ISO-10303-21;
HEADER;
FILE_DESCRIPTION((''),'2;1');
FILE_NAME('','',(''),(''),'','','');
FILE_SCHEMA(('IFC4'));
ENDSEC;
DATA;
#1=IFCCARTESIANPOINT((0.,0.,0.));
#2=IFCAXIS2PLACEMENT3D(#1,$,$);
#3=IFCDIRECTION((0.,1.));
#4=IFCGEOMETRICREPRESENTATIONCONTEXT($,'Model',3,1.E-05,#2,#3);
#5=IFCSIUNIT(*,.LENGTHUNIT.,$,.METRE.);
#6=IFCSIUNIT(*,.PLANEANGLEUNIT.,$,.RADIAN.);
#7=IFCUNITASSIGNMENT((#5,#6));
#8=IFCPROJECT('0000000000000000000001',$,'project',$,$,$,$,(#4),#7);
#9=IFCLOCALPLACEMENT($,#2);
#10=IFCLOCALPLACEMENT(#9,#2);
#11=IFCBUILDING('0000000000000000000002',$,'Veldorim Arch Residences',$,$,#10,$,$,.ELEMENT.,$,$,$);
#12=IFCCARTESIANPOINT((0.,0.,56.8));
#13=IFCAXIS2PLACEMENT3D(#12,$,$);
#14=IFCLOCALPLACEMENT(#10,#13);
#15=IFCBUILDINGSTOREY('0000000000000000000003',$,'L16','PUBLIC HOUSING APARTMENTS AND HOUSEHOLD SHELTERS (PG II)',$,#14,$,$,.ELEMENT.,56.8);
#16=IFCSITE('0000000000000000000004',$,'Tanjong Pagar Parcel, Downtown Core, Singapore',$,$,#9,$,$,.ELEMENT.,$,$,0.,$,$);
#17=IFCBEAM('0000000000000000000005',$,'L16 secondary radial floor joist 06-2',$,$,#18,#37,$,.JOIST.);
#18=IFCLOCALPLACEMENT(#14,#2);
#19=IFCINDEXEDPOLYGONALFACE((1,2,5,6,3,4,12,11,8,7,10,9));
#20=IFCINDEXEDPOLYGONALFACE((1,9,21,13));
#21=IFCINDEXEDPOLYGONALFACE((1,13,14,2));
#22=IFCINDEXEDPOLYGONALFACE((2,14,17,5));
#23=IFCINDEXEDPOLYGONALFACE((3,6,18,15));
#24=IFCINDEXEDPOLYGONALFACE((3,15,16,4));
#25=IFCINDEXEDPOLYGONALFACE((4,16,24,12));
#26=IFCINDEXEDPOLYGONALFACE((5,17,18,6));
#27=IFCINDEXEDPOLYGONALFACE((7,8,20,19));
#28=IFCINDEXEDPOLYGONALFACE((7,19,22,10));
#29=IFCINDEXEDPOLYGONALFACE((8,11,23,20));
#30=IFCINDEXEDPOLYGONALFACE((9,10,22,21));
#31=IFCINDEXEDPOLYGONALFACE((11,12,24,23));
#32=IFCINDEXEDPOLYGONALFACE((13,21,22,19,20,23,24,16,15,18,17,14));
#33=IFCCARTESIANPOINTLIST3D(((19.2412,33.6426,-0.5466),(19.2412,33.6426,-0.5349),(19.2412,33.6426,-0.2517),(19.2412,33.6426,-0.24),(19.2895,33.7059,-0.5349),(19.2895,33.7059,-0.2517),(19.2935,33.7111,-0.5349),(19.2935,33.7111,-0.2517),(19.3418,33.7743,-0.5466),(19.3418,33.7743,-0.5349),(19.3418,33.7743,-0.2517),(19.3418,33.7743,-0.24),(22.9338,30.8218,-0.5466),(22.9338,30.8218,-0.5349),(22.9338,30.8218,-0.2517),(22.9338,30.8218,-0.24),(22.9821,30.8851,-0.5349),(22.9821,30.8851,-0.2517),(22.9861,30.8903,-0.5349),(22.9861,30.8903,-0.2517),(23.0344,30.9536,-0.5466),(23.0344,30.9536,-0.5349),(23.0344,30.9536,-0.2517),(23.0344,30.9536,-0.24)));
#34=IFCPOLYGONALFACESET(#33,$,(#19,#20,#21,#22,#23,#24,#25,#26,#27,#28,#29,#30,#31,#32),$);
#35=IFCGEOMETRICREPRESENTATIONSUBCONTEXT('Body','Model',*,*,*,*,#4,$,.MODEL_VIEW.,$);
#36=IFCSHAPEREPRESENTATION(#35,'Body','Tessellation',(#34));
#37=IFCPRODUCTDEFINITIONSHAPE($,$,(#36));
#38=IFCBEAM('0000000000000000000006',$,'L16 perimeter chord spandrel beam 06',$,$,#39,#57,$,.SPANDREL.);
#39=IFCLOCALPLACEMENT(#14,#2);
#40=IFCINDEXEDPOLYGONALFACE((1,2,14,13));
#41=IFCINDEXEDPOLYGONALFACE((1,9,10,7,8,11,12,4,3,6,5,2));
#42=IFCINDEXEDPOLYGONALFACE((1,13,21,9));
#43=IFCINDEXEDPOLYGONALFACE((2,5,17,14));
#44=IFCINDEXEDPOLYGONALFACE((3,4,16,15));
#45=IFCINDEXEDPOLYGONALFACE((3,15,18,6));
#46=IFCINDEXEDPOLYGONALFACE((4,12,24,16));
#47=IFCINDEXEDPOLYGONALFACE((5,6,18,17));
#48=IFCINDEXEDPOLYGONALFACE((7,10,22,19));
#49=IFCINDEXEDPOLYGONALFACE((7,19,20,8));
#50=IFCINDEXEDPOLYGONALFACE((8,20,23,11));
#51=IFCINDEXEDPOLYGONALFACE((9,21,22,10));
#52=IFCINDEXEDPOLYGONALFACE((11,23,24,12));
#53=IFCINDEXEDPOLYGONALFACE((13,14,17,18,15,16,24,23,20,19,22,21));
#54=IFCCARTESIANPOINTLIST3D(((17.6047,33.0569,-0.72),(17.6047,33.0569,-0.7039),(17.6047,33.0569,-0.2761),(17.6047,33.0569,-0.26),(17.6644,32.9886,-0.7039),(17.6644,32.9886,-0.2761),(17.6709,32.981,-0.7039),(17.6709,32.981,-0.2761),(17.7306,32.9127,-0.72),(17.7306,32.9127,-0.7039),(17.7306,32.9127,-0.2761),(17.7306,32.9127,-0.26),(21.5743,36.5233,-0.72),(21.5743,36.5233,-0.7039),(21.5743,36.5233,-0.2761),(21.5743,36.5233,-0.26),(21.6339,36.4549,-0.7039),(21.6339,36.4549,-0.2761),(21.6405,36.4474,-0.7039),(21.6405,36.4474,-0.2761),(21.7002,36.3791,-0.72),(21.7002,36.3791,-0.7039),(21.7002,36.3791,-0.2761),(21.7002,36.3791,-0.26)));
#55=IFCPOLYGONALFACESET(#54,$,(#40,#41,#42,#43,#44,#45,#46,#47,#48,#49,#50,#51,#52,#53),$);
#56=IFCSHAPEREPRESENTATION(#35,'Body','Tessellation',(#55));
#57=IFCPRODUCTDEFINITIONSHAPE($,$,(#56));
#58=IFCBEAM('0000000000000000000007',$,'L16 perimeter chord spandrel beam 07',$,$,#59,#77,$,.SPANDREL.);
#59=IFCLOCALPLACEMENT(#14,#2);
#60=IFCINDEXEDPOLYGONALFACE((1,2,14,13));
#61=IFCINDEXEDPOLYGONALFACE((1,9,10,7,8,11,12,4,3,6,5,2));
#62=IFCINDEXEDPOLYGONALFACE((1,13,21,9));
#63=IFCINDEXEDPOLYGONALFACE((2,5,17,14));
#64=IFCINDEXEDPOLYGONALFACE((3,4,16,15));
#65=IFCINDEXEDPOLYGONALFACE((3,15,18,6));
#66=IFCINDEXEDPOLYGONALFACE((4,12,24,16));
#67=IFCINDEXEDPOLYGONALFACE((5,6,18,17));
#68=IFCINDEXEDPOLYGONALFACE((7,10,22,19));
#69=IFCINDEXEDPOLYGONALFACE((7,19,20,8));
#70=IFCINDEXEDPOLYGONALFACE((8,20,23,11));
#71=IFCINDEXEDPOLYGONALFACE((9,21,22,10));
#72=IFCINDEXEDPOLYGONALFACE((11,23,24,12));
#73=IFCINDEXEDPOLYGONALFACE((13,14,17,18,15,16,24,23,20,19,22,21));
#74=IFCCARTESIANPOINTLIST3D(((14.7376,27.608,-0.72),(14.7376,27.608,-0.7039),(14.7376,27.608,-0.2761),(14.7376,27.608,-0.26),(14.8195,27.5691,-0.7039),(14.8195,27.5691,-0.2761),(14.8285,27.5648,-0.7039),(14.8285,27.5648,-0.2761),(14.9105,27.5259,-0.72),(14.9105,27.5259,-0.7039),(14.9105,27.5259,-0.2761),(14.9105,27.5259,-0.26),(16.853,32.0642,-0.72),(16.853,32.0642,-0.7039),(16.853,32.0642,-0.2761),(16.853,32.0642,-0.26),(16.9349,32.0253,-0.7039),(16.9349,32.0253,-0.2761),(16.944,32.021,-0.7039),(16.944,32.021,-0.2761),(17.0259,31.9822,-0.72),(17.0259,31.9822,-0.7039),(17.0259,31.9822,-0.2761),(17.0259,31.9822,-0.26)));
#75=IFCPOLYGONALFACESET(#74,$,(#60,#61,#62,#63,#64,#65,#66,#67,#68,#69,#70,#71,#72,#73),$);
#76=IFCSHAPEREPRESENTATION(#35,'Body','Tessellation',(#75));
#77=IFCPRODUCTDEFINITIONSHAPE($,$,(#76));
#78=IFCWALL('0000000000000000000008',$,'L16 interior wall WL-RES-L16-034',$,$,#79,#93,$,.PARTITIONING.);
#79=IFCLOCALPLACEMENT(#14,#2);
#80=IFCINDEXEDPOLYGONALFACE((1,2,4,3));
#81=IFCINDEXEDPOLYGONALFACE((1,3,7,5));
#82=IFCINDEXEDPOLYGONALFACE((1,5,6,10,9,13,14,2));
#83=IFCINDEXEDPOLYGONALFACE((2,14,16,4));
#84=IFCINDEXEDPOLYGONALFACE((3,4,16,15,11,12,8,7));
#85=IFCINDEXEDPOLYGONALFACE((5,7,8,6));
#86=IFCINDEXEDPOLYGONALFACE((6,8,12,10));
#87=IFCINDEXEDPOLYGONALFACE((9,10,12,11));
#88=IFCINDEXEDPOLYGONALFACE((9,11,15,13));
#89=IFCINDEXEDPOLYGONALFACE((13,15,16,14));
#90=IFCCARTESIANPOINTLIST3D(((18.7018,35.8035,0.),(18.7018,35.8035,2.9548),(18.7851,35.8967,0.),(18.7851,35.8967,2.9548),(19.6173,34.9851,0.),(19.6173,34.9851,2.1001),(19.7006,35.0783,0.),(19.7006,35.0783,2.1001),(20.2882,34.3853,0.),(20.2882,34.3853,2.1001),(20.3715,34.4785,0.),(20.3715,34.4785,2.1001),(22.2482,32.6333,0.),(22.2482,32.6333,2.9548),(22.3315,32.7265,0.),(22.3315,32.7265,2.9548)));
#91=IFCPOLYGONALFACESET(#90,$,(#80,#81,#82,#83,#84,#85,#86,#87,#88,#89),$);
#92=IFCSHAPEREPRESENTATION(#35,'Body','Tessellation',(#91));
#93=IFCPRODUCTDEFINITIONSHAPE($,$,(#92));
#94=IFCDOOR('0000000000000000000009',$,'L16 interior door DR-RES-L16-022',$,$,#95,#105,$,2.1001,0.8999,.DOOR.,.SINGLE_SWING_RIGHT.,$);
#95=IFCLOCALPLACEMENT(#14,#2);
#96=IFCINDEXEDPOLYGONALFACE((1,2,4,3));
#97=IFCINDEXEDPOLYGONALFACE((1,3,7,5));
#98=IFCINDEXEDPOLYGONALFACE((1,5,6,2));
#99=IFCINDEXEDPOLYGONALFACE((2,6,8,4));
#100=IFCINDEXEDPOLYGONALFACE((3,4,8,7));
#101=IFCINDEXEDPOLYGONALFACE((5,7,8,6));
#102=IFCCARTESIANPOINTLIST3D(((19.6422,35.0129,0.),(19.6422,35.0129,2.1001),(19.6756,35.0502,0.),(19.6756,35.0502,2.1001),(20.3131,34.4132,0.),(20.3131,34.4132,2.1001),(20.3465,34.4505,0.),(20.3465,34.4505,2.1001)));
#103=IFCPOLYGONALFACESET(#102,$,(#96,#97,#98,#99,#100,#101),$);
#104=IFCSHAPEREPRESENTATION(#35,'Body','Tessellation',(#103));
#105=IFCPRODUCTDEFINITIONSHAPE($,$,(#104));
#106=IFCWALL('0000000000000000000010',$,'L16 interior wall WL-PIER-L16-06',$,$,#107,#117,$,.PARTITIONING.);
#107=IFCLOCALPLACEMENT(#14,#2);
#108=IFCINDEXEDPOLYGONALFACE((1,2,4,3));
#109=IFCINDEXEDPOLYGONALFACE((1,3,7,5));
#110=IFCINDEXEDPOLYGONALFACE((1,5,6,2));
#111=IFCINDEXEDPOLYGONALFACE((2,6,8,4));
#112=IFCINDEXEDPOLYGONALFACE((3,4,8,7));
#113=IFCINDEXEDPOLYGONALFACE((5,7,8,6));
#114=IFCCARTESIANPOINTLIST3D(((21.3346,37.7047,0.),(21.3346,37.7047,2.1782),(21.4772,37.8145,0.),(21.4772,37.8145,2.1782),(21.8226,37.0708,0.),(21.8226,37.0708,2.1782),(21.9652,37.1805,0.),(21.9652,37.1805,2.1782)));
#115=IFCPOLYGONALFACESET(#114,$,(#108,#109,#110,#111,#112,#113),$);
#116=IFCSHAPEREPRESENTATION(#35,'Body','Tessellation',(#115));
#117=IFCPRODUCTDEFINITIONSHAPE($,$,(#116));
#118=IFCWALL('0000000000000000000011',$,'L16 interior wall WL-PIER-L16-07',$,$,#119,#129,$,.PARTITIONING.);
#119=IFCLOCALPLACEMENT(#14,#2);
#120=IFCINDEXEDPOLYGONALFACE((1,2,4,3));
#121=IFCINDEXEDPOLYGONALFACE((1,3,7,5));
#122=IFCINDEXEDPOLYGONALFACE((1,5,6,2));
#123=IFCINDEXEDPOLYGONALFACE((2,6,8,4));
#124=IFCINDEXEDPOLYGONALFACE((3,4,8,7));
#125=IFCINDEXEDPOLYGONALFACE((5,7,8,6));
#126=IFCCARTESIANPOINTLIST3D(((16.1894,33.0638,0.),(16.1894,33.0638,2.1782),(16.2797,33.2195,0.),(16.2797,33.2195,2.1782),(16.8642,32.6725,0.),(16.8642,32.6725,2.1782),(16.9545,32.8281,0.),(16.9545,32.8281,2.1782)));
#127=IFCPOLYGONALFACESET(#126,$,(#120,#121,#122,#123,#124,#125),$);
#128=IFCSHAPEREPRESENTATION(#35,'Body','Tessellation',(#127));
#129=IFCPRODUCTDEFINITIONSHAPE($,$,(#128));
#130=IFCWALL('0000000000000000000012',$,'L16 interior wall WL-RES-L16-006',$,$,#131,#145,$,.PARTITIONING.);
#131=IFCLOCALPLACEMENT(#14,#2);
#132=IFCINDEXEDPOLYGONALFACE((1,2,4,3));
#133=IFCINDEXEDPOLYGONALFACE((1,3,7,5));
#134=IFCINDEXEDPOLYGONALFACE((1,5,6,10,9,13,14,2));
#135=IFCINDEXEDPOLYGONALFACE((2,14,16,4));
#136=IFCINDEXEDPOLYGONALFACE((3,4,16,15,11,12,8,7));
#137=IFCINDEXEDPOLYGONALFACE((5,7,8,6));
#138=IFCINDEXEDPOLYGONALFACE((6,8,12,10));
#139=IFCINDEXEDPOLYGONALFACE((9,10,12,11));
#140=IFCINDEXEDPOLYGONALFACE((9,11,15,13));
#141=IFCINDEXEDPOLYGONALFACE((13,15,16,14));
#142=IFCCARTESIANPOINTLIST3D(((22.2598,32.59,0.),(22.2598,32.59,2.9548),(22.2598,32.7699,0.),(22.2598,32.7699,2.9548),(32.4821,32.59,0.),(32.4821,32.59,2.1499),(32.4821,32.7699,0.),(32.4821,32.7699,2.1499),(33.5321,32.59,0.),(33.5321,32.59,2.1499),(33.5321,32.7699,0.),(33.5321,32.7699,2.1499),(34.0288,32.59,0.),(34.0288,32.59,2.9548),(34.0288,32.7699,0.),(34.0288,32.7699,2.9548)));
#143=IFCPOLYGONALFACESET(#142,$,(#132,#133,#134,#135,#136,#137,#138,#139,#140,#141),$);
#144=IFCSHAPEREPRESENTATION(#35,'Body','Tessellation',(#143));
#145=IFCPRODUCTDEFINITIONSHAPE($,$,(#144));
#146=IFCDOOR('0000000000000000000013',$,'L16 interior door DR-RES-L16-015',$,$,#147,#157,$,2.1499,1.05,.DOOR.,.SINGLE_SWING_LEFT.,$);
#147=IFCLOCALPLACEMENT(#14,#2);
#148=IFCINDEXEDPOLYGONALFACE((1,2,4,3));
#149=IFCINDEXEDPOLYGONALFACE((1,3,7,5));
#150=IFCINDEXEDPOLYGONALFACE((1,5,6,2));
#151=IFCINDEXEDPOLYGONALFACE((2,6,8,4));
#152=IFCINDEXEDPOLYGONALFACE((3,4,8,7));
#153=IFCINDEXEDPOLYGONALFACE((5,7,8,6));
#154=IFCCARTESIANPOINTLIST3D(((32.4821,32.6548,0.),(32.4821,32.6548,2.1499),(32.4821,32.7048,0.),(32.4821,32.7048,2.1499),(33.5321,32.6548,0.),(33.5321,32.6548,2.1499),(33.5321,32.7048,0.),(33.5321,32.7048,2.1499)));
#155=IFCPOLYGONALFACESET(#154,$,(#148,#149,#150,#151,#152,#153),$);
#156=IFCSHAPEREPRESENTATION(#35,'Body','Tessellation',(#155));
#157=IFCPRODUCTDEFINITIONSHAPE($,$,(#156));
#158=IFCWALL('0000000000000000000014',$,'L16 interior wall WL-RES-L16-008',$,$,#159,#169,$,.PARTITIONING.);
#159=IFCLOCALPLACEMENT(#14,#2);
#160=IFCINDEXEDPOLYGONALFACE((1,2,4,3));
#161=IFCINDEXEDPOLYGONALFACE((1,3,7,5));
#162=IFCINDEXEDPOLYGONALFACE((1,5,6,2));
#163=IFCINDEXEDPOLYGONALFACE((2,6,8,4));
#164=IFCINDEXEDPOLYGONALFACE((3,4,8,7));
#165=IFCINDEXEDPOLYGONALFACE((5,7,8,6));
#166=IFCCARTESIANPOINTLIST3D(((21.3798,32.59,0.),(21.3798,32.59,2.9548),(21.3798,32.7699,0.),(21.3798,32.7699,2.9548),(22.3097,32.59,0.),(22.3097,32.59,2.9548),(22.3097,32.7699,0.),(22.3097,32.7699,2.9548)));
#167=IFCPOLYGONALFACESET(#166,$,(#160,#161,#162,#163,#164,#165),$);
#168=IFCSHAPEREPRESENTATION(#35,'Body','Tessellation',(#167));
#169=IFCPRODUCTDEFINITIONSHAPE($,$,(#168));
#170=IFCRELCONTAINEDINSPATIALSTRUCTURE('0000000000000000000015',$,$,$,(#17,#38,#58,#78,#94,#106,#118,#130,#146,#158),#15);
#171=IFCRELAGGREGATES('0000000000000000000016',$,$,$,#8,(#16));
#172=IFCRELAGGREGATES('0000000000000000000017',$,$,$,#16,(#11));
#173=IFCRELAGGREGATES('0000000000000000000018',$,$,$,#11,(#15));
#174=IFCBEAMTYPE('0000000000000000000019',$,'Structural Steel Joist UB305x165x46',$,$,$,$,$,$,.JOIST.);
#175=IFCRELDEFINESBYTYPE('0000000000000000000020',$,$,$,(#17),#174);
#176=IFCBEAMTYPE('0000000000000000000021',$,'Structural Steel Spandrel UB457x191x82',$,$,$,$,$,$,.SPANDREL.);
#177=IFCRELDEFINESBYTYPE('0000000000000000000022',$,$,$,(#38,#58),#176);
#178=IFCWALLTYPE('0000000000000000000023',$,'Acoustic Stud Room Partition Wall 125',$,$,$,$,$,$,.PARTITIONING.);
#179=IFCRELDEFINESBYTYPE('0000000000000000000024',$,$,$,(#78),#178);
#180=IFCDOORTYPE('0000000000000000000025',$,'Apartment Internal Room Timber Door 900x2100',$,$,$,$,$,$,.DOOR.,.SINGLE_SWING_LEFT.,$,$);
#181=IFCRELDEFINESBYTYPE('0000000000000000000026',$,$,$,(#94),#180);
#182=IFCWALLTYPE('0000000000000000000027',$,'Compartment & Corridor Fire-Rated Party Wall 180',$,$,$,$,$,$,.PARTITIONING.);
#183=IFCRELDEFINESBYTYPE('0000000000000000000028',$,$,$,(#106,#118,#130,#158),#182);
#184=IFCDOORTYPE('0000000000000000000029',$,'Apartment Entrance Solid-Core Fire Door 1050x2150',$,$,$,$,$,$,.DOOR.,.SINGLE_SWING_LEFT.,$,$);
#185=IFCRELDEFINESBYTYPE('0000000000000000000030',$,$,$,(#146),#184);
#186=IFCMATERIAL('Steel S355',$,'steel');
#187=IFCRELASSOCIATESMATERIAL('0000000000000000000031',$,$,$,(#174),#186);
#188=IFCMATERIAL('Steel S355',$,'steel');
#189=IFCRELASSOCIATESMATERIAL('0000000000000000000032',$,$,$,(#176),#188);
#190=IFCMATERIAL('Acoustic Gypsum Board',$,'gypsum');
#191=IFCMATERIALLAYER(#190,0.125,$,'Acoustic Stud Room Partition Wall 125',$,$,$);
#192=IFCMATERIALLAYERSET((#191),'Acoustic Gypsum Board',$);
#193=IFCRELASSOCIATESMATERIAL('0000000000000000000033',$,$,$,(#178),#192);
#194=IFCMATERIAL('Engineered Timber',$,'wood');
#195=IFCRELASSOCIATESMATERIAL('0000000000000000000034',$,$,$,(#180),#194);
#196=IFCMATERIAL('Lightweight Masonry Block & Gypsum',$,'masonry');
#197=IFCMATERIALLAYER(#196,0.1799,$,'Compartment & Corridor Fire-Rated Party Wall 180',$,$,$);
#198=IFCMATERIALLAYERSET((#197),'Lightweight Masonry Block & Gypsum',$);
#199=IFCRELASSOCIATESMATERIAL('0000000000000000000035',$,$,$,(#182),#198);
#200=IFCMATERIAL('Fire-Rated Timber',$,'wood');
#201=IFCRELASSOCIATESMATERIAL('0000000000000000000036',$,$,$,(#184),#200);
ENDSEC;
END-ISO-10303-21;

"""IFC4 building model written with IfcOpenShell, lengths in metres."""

from ifc_helpers import new_model, si_unit, direction, frame, frame_2d, origin, origin_2d, place, context, subcontext, project, spatial, rectangle, i_section, extrude, material, layer, layer_set, material_profile, profile_set, type_object, element, fill, save


model = new_model("IFC4")

# Units and contexts
model_context = context("Model", 3, precision=1e-05, world=origin(), true_north=direction((0.0, 1.0)))
body_context = subcontext(model_context, "Body", "Model", "MODEL_VIEW")
ifc_project = project(units=[si_unit("LENGTHUNIT", "METRE"), si_unit("PLANEANGLEUNIT", "RADIAN")], contexts=[model_context])

# Site, building, storey
site_placement = place(None, origin())
site = spatial("IfcSite", under=ifc_project, at=site_placement, Name="Tanjong Pagar Parcel, Downtown Core, Singapore", CompositionType="ELEMENT", RefElevation=0.0)
building_placement = place(site_placement, origin())
building = spatial("IfcBuilding", under=site, at=building_placement, Name="Veldorim Arch Residences", CompositionType="ELEMENT")
storey_placement = place(building_placement, frame((0.0, 0.0, 56.8)))
storey = spatial("IfcBuildingStorey", under=building, at=storey_placement, Name="L16", Description="PUBLIC HOUSING APARTMENTS AND HOUSEHOLD SHELTERS (PG II)", CompositionType="ELEMENT", Elevation=56.8)

# Beams
ifc_material_1 = material(Name="Steel S355", Category="steel")
ifc_material_profile_1 = material_profile(ifc_material_1, i_section(OverallWidth=0.1658, OverallDepth=0.3066, WebThickness=0.0066, FlangeThickness=0.0117, at=origin_2d()), Name="UB305x165x46")
ifc_profile_set_1 = profile_set([ifc_material_profile_1], Name="Steel S355")
beam_type_1 = type_object("IfcBeamType", Name="Structural Steel Joist UB305x165x46", PredefinedType="JOIST", material=ifc_profile_set_1)
beam_1_placement = place(storey_placement, frame((22.9841, 30.8877, -0.3933), z_axis=(-0.794666, 0.607046, 0.0), x_axis=(-0.607046, -0.794666, 0.0)))
element("IfcBeam", 1, at=beam_1_placement, inside=storey, type_object=beam_type_1, Name="L16 secondary radial floor joist 06-2", PredefinedType="JOIST", context=body_context, shape_type="SweptSolid", body=[
    extrude(i_section(OverallWidth=0.1658, OverallDepth=0.3066, WebThickness=0.0066, FlangeThickness=0.0117, at=origin_2d()), origin(), (0.0, 0.0, 1.0), 4.6467),
])
ifc_material_2 = material(Name="Steel S355", Category="steel")
ifc_material_profile_2 = material_profile(ifc_material_2, i_section(OverallWidth=0.1914, OverallDepth=0.46, WebThickness=0.01, FlangeThickness=0.0161, at=origin_2d()), Name="UB457x191x82")
ifc_profile_set_2 = profile_set([ifc_material_profile_2], Name="Steel S355")
beam_type_2 = type_object("IfcBeamType", Name="Structural Steel Spandrel UB457x191x82", PredefinedType="SPANDREL", material=ifc_profile_set_2)
beam_2_placement = place(storey_placement, frame((21.6372, 36.4512, -0.49), z_axis=(-0.753234, -0.657753, 0.0), x_axis=(0.657753, -0.753234, 0.0)))
element("IfcBeam", 2, at=beam_2_placement, inside=storey, type_object=beam_type_2, Name="L16 perimeter chord spandrel beam 06", PredefinedType="SPANDREL", context=body_context, shape_type="SweptSolid", body=[
    extrude(i_section(OverallWidth=0.1914, OverallDepth=0.46, WebThickness=0.01, FlangeThickness=0.0161, at=origin_2d()), origin(), (0.0, 0.0, 1.0), 5.27),
])
beam_3_placement = place(storey_placement, frame((16.9395, 32.0232, -0.49), z_axis=(-0.428848, -0.903377, 0.0), x_axis=(0.903377, -0.428848, 0.0)))
element("IfcBeam", 3, at=beam_3_placement, inside=storey, type_object=beam_type_2, Name="L16 perimeter chord spandrel beam 07", PredefinedType="SPANDREL", context=body_context, shape_type="SweptSolid", body=[
    extrude(i_section(OverallWidth=0.1914, OverallDepth=0.46, WebThickness=0.01, FlangeThickness=0.0161, at=origin_2d()), origin(), (0.0, 0.0, 1.0), 4.9329),
])

# Wall, opening, door
ifc_material_3 = material(Name="Acoustic Gypsum Board", Category="gypsum")
ifc_layer_1 = layer(ifc_material_3, 0.125, Name="Acoustic Stud Room Partition Wall 125")
ifc_layer_set_1 = layer_set([ifc_layer_1], Name="Acoustic Gypsum Board")
wall_type_1 = type_object("IfcWallType", Name="Acoustic Stud Room Partition Wall 125", PredefinedType="PARTITIONING", material=ifc_layer_set_1)
wall_1_placement = place(storey_placement, frame((18.7434, 35.8501, 0.0), z_axis=(0.0, 0.0, 1.0), x_axis=(0.745546, -0.666454, 0.0)))
wall_1 = element("IfcWall", 4, at=wall_1_placement, inside=storey, type_object=wall_type_1, Name="L16 interior wall WL-RES-L16-034", PredefinedType="PARTITIONING", context=body_context, shape_type="SweptSolid", body=[
    extrude(rectangle(XDim=4.7568, YDim=0.125, at=frame_2d((2.3784, 0.0))), origin(), (0.0, 0.0, 1.0), 2.9548),
])
opening_1_placement = place(wall_1_placement, frame((1.228, 0.0, 0.0)))
opening_1 = element("IfcOpeningElement", 5, at=opening_1_placement, cuts=wall_1, PredefinedType="OPENING", context=body_context, shape_type="SweptSolid", body=[
    extrude(rectangle(XDim=0.8999, YDim=2.1001, at=frame_2d((0.45, 1.05))), frame((0.0, 0.0725, 0.0), z_axis=(0.0, -1.0, 0.0), x_axis=(1.0, 0.0, 0.0)), (0.0, 0.0, 1.0), 0.145),
])
ifc_material_4 = material(Name="Engineered Timber", Category="wood")
door_type_1 = type_object("IfcDoorType", Name="Apartment Internal Room Timber Door 900x2100", OperationType="SINGLE_SWING_LEFT", PredefinedType="DOOR", material=ifc_material_4)
door_1_placement = place(opening_1_placement, origin())
door_1 = element("IfcDoor", 6, at=door_1_placement, inside=storey, type_object=door_type_1, Name="L16 interior door DR-RES-L16-022", OperationType="SINGLE_SWING_RIGHT", OverallHeight=2.1001, OverallWidth=0.8999, PredefinedType="DOOR", context=body_context, shape_type="SweptSolid", body=[
    extrude(rectangle(XDim=0.8999, YDim=2.1001, at=frame_2d((0.45, 1.05))), frame((0.0, 0.0249, 0.0), z_axis=(0.0, -1.0, 0.0), x_axis=(1.0, 0.0, 0.0)), (0.0, 0.0, 1.0), 0.05),
])
fill(opening_1, door_1)

# Walls
ifc_material_5 = material(Name="Lightweight Masonry Block & Gypsum", Category="masonry")
ifc_layer_2 = layer(ifc_material_5, 0.1799, Name="Compartment & Corridor Fire-Rated Party Wall 180")
ifc_layer_set_2 = layer_set([ifc_layer_2], Name="Lightweight Masonry Block & Gypsum")
wall_type_2 = type_object("IfcWallType", Name="Compartment & Corridor Fire-Rated Party Wall 180", PredefinedType="PARTITIONING", material=ifc_layer_set_2)
wall_2_placement = place(storey_placement, frame((21.8938, 37.1257, 0.0), z_axis=(0.0, 0.0, 1.0), x_axis=(-0.609961, 0.792431, 0.0)))
element("IfcWall", 7, at=wall_2_placement, inside=storey, type_object=wall_type_2, Name="L16 interior wall WL-PIER-L16-06", PredefinedType="PARTITIONING", context=body_context, shape_type="SweptSolid", body=[
    extrude(rectangle(XDim=0.8, YDim=0.1799, at=frame_2d((0.3999, 0.0))), origin(), (0.0, 0.0, 1.0), 2.1782),
])
wall_3_placement = place(storey_placement, frame((16.9094, 32.7502, 0.0), z_axis=(0.0, 0.0, 1.0), x_axis=(-0.865047, 0.50169, 0.0)))
element("IfcWall", 8, at=wall_3_placement, inside=storey, type_object=wall_type_2, Name="L16 interior wall WL-PIER-L16-07", PredefinedType="PARTITIONING", context=body_context, shape_type="SweptSolid", body=[
    extrude(rectangle(XDim=0.78, YDim=0.1799, at=frame_2d((0.3901, 0.0))), origin(), (0.0, 0.0, 1.0), 2.1782),
])

# Wall, opening, door
wall_4_placement = place(storey_placement, frame((22.2598, 32.6799, 0.0), z_axis=(0.0, 0.0, 1.0), x_axis=(1.0, 0.0, 0.0)))
wall_4 = element("IfcWall", 9, at=wall_4_placement, inside=storey, type_object=wall_type_2, Name="L16 interior wall WL-RES-L16-006", PredefinedType="PARTITIONING", context=body_context, shape_type="SweptSolid", body=[
    extrude(rectangle(XDim=11.769, YDim=0.1799, at=frame_2d((5.8845, 0.0))), origin(), (0.0, 0.0, 1.0), 2.9548),
])
opening_2_placement = place(wall_4_placement, frame((10.2224, 0.0, 0.0)))
opening_2 = element("IfcOpeningElement", 10, at=opening_2_placement, cuts=wall_4, PredefinedType="OPENING", context=body_context, shape_type="SweptSolid", body=[
    extrude(rectangle(XDim=1.05, YDim=2.1499, at=frame_2d((0.5249, 1.075))), frame((0.0, 0.0999, 0.0), z_axis=(0.0, -1.0, 0.0), x_axis=(1.0, 0.0, 0.0)), (0.0, 0.0, 1.0), 0.2),
])
ifc_material_6 = material(Name="Fire-Rated Timber", Category="wood")
door_type_2 = type_object("IfcDoorType", Name="Apartment Entrance Solid-Core Fire Door 1050x2150", OperationType="SINGLE_SWING_LEFT", PredefinedType="DOOR", material=ifc_material_6)
door_2_placement = place(opening_2_placement, origin())
door_2 = element("IfcDoor", 11, at=door_2_placement, inside=storey, type_object=door_type_2, Name="L16 interior door DR-RES-L16-015", OperationType="SINGLE_SWING_LEFT", OverallHeight=2.1499, OverallWidth=1.05, PredefinedType="DOOR", context=body_context, shape_type="SweptSolid", body=[
    extrude(rectangle(XDim=1.05, YDim=2.1499, at=frame_2d((0.5249, 1.075))), frame((0.0, 0.0249, 0.0), z_axis=(0.0, -1.0, 0.0), x_axis=(1.0, 0.0, 0.0)), (0.0, 0.0, 1.0), 0.05),
])
fill(opening_2, door_2)

# Wall
wall_5_placement = place(storey_placement, frame((21.3799, 32.6799, 0.0), z_axis=(0.0, 0.0, 1.0), x_axis=(1.0, 0.0, 0.0)))
element("IfcWall", 12, at=wall_5_placement, inside=storey, type_object=wall_type_2, Name="L16 interior wall WL-RES-L16-008", PredefinedType="PARTITIONING", context=body_context, shape_type="SweptSolid", body=[
    extrude(rectangle(XDim=0.9299, YDim=0.1799, at=frame_2d((0.4648, 0.0))), origin(), (0.0, 0.0, 1.0), 2.9548),
])

save(model, "model.ifc")
